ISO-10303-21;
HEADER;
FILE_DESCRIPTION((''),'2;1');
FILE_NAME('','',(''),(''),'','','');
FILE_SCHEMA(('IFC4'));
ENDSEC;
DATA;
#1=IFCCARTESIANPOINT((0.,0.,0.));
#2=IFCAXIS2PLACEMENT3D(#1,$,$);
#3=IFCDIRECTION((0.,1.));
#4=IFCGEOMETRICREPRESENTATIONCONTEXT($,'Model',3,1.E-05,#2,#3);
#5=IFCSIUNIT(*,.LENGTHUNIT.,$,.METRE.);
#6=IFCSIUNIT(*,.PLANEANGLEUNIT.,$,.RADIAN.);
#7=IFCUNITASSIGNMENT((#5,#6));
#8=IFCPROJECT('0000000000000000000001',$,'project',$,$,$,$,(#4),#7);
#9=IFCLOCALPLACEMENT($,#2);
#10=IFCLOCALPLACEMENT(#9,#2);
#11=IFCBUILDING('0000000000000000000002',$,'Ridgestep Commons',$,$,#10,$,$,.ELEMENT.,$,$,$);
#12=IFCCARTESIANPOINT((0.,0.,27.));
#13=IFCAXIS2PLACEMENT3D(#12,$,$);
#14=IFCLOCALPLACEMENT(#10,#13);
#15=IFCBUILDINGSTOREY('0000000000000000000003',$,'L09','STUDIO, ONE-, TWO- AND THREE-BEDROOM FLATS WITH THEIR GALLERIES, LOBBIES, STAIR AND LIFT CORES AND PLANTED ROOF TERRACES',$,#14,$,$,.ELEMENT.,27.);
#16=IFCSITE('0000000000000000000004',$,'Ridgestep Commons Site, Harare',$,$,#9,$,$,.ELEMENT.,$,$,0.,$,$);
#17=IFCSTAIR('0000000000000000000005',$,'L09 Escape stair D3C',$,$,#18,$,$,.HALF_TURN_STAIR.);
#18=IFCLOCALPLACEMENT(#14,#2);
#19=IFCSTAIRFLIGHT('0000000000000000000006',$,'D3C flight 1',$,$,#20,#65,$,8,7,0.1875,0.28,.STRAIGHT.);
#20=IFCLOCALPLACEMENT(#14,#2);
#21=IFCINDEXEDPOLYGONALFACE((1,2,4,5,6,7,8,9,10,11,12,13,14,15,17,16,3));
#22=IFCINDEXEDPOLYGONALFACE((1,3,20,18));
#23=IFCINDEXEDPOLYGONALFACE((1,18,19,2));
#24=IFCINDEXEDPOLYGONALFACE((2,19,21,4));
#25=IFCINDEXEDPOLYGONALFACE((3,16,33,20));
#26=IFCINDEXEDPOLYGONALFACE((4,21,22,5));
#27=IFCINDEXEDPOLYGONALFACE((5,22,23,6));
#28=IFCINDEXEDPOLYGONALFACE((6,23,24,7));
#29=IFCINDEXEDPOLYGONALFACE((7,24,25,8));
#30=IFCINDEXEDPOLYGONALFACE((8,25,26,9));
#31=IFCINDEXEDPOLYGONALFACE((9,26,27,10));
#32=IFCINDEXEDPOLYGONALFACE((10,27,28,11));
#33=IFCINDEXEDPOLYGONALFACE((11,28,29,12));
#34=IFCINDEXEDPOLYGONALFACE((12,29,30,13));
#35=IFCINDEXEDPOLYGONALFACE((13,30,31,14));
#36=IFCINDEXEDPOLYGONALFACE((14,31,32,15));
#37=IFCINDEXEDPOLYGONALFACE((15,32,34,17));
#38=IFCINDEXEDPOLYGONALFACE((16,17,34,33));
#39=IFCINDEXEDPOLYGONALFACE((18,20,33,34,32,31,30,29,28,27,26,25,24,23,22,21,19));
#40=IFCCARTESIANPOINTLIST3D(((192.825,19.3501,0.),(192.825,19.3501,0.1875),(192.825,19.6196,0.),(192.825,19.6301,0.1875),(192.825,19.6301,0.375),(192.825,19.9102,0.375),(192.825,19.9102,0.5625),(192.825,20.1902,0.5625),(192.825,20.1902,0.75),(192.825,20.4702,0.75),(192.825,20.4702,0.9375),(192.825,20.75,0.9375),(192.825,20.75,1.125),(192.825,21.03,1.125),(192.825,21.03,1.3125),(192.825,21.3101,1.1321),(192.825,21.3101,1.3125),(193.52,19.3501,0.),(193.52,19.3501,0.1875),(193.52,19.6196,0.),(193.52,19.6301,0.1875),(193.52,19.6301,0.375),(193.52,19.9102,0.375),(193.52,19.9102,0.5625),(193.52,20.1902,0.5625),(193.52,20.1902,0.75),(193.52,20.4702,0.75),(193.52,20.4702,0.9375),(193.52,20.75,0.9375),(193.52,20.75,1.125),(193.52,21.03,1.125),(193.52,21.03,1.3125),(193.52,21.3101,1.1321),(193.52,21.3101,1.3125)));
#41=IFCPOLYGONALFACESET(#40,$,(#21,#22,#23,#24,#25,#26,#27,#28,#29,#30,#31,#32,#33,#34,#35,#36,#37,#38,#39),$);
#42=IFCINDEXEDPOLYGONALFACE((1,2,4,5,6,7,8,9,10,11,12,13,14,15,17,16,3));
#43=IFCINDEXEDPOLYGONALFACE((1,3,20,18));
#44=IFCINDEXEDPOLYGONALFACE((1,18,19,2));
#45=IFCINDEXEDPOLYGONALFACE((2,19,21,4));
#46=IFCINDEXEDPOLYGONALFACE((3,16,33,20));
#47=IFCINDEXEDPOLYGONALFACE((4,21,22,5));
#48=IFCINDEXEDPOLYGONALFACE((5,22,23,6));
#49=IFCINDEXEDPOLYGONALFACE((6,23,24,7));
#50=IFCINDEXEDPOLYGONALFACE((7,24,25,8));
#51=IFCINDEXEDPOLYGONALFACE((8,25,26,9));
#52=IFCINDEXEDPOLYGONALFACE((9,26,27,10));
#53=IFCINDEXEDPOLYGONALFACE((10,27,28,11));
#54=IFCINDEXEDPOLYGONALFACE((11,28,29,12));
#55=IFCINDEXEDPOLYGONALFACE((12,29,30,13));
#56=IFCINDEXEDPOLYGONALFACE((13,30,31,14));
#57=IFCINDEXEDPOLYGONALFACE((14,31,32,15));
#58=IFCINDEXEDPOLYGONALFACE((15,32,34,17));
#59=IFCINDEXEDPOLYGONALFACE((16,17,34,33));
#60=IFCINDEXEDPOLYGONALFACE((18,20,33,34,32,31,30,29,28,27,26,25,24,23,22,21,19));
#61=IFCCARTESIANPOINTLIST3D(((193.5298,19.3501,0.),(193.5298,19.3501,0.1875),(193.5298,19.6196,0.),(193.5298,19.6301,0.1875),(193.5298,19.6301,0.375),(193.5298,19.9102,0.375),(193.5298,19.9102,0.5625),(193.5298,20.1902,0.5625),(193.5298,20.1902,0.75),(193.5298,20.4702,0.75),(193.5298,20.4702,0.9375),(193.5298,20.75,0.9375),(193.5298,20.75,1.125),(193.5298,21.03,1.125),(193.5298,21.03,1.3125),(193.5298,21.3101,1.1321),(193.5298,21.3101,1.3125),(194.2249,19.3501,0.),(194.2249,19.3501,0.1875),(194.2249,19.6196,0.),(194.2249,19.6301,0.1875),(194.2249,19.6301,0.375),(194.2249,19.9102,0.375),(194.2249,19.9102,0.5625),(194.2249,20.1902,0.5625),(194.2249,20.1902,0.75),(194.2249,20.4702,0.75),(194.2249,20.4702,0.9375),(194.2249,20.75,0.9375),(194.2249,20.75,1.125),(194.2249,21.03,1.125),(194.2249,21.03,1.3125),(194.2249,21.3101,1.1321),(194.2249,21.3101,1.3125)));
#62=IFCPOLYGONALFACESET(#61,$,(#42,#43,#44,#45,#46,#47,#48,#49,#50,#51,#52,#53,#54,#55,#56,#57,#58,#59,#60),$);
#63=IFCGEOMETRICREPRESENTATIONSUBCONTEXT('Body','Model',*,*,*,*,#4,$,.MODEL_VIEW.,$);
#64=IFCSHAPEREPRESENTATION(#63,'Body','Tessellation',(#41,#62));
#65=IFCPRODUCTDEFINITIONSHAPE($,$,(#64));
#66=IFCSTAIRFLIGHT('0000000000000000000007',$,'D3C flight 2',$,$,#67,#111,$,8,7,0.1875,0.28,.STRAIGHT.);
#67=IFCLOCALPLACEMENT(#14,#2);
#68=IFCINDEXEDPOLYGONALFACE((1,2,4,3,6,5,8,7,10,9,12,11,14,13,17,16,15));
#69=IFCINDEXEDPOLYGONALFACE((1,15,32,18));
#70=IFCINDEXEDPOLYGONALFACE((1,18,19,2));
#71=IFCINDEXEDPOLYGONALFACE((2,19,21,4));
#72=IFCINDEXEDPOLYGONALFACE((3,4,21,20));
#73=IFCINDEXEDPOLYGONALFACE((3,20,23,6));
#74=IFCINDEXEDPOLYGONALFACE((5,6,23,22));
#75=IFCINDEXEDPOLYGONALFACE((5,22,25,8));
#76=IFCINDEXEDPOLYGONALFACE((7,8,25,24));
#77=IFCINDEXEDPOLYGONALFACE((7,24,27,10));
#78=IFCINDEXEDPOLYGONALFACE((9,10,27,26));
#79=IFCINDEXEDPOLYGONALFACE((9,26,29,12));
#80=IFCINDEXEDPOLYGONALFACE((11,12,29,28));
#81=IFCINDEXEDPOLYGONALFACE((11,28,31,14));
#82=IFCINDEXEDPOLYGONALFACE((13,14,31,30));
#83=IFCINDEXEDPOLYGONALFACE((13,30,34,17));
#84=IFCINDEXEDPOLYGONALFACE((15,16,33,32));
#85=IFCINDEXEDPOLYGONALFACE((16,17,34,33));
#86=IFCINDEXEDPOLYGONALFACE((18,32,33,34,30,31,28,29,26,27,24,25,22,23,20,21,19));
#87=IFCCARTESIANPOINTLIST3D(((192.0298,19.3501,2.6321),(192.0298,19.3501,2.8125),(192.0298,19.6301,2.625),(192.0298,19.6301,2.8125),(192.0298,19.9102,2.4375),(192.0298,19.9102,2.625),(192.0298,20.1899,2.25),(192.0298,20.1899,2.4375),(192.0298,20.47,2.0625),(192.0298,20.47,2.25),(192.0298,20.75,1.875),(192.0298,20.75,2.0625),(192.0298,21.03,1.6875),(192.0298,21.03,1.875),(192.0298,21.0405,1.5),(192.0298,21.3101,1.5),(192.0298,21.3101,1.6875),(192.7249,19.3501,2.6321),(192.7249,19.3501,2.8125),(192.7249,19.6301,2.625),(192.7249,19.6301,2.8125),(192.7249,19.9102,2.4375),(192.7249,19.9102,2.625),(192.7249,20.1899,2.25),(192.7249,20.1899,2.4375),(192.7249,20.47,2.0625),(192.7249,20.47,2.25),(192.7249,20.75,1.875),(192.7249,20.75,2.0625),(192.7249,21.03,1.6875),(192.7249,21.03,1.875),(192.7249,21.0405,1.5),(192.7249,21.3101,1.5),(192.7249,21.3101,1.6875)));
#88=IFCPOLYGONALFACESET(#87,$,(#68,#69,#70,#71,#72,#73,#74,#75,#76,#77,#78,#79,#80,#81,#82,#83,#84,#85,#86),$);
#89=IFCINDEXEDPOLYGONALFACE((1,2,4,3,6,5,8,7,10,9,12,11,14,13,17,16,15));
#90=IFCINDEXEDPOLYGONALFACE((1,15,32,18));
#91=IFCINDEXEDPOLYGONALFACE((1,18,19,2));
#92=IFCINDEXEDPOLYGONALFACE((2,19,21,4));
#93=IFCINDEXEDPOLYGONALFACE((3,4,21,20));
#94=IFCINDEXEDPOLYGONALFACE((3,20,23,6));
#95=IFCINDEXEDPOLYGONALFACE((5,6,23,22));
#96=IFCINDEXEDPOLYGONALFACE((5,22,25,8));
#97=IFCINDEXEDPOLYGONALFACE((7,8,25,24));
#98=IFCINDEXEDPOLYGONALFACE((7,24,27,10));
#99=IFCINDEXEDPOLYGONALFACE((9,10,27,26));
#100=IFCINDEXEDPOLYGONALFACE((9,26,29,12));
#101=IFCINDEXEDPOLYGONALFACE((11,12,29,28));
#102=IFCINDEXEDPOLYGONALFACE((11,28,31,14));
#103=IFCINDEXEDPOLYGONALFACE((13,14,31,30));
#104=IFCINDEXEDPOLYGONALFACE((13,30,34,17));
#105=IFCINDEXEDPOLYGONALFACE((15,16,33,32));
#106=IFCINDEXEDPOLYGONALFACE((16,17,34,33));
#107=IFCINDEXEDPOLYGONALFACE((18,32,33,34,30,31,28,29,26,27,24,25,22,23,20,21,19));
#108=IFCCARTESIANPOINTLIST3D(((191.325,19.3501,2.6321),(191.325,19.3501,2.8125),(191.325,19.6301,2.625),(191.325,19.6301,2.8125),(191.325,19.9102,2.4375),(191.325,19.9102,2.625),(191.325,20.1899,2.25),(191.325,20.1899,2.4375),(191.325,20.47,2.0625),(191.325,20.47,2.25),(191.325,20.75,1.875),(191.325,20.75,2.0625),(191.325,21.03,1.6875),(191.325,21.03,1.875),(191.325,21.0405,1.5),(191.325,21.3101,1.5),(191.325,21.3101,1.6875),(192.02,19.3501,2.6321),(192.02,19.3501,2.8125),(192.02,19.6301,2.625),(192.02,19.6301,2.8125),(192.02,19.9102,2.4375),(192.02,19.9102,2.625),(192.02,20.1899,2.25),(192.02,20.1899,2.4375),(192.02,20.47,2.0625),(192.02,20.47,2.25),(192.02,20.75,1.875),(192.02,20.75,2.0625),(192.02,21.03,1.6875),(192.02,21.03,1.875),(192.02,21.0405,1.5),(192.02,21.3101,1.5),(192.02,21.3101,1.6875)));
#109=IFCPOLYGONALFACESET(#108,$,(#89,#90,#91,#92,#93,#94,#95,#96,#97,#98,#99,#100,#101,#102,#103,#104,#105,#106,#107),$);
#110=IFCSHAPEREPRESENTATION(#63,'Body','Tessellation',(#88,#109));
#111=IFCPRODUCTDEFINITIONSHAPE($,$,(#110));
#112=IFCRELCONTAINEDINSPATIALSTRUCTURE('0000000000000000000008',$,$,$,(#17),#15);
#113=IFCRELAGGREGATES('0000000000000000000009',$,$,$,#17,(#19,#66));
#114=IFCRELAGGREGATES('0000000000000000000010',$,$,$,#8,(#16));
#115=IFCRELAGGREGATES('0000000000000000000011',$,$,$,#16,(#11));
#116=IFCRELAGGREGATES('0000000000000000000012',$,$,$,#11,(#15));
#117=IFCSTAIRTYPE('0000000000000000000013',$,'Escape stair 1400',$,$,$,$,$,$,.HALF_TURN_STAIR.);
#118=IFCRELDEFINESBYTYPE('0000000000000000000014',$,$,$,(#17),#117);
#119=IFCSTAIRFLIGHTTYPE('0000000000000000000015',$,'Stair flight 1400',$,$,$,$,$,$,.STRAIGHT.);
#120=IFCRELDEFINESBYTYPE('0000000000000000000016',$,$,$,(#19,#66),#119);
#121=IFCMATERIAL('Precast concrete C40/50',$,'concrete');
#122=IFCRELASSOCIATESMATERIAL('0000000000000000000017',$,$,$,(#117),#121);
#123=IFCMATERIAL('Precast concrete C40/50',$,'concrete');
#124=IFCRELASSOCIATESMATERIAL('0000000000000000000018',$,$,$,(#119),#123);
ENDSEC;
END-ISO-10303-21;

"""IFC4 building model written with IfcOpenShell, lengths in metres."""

from ifc_helpers import new_model, si_unit, direction, frame, origin, place, context, subcontext, project, spatial, polyline, outline, extrude, material, type_object, element, aggregate, save


model = new_model("IFC4")

# Units and contexts
model_context = context("Model", 3, precision=1e-05, world=origin(), true_north=direction((0.0, 1.0)))
body_context = subcontext(model_context, "Body", "Model", "MODEL_VIEW")
ifc_project = project(units=[si_unit("LENGTHUNIT", "METRE"), si_unit("PLANEANGLEUNIT", "RADIAN")], contexts=[model_context])

# Site, building, storey
site_placement = place(None, origin())
site = spatial("IfcSite", under=ifc_project, at=site_placement, Name="Ridgestep Commons Site, Harare", CompositionType="ELEMENT", RefElevation=0.0)
building_placement = place(site_placement, origin())
building = spatial("IfcBuilding", under=site, at=building_placement, Name="Ridgestep Commons", CompositionType="ELEMENT")
storey_placement = place(building_placement, frame((0.0, 0.0, 27.0)))
storey = spatial("IfcBuildingStorey", under=building, at=storey_placement, Name="L09", Description="STUDIO, ONE-, TWO- AND THREE-BEDROOM FLATS WITH THEIR GALLERIES, LOBBIES, STAIR AND LIFT CORES AND PLANTED ROOF TERRACES", CompositionType="ELEMENT", Elevation=27.0)

# Stair, stair flights
ifc_material_1 = material(Name="Precast concrete C40/50", Category="concrete")
stair_type = type_object("IfcStairType", Name="Escape stair 1400", PredefinedType="HALF_TURN_STAIR", material=ifc_material_1)
stair_placement = place(storey_placement, origin())
stair = element("IfcStair", 1, at=stair_placement, inside=storey, type_object=stair_type, Name="L09 Escape stair D3C", PredefinedType="HALF_TURN_STAIR")
ifc_material_2 = material(Name="Precast concrete C40/50", Category="concrete")
stair_flight_type = type_object("IfcStairFlightType", Name="Stair flight 1400", PredefinedType="STRAIGHT", material=ifc_material_2)
stair_flight_1_placement = place(storey_placement, frame((193.5249, 19.3501, 0.0), z_axis=(0.0, 0.0, 1.0), x_axis=(0.0, 1.0, 0.0)))
stair_flight_1 = element("IfcStairFlight", 2, at=stair_flight_1_placement, type_object=stair_flight_type, Name="D3C flight 1", NumberOfRisers=8, NumberOfTreads=7, PredefinedType="STRAIGHT", RiserHeight=0.1875, TreadLength=0.28, context=body_context, shape_type="SweptSolid", body=[
    extrude(outline(polyline([(0.0, 0.0), (0.0, 0.1875), (0.28, 0.1875), (0.28, 0.375), (0.5601, 0.375), (0.5601, 0.5625), (0.8401, 0.5625), (0.8401, 0.75), (1.1201, 0.75), (1.1201, 0.9375), (1.3999, 0.9375), (1.3999, 1.125), (1.6799, 1.125), (1.6799, 1.3125), (1.96, 1.3125), (1.96, 1.5), (1.96, 1.1321), (0.2695, 0.0), (0.0, 0.0)])), frame((0.0, 0.7, 0.0), z_axis=(0.0, -1.0, 0.0), x_axis=(1.0, 0.0, 0.0)), (0.0, 0.0, 1.0), 0.6951),
    extrude(outline(polyline([(0.0, 0.0), (0.0, 0.1875), (0.28, 0.1875), (0.28, 0.375), (0.5601, 0.375), (0.5601, 0.5625), (0.8401, 0.5625), (0.8401, 0.75), (1.1201, 0.75), (1.1201, 0.9375), (1.3999, 0.9375), (1.3999, 1.125), (1.6799, 1.125), (1.6799, 1.3125), (1.96, 1.3125), (1.96, 1.5), (1.96, 1.1321), (0.2695, 0.0), (0.0, 0.0)])), frame((0.0, -0.0049, 0.0), z_axis=(0.0, -1.0, 0.0), x_axis=(1.0, 0.0, 0.0)), (0.0, 0.0, 1.0), 0.6951),
])
stair_flight_2_placement = place(storey_placement, frame((192.0249, 21.3101, 1.5), z_axis=(0.0, 0.0, 1.0), x_axis=(0.0, -1.0, 0.0)))
stair_flight_2 = element("IfcStairFlight", 3, at=stair_flight_2_placement, type_object=stair_flight_type, Name="D3C flight 2", NumberOfRisers=8, NumberOfTreads=7, PredefinedType="STRAIGHT", RiserHeight=0.1875, TreadLength=0.28, context=body_context, shape_type="SweptSolid", body=[
    extrude(outline(polyline([(0.0, 0.0), (0.0, 0.1875), (0.28, 0.1875), (0.28, 0.375), (0.5601, 0.375), (0.5601, 0.5625), (0.8401, 0.5625), (0.8401, 0.75), (1.1201, 0.75), (1.1201, 0.9375), (1.3999, 0.9375), (1.3999, 1.125), (1.6799, 1.125), (1.6799, 1.3125), (1.96, 1.3125), (1.96, 1.5), (1.96, 1.1321), (0.2695, 0.0), (0.0, 0.0)])), frame((0.0, 0.7, 0.0), z_axis=(0.0, -1.0, 0.0), x_axis=(1.0, 0.0, 0.0)), (0.0, 0.0, 1.0), 0.6951),
    extrude(outline(polyline([(0.0, 0.0), (0.0, 0.1875), (0.28, 0.1875), (0.28, 0.375), (0.5601, 0.375), (0.5601, 0.5625), (0.8401, 0.5625), (0.8401, 0.75), (1.1201, 0.75), (1.1201, 0.9375), (1.3999, 0.9375), (1.3999, 1.125), (1.6799, 1.125), (1.6799, 1.3125), (1.96, 1.3125), (1.96, 1.5), (1.96, 1.1321), (0.2695, 0.0), (0.0, 0.0)])), frame((0.0, -0.0049, 0.0), z_axis=(0.0, -1.0, 0.0), x_axis=(1.0, 0.0, 0.0)), (0.0, 0.0, 1.0), 0.6951),
])
aggregate(stair, [stair_flight_1, stair_flight_2])

save(model, "model.ifc")
